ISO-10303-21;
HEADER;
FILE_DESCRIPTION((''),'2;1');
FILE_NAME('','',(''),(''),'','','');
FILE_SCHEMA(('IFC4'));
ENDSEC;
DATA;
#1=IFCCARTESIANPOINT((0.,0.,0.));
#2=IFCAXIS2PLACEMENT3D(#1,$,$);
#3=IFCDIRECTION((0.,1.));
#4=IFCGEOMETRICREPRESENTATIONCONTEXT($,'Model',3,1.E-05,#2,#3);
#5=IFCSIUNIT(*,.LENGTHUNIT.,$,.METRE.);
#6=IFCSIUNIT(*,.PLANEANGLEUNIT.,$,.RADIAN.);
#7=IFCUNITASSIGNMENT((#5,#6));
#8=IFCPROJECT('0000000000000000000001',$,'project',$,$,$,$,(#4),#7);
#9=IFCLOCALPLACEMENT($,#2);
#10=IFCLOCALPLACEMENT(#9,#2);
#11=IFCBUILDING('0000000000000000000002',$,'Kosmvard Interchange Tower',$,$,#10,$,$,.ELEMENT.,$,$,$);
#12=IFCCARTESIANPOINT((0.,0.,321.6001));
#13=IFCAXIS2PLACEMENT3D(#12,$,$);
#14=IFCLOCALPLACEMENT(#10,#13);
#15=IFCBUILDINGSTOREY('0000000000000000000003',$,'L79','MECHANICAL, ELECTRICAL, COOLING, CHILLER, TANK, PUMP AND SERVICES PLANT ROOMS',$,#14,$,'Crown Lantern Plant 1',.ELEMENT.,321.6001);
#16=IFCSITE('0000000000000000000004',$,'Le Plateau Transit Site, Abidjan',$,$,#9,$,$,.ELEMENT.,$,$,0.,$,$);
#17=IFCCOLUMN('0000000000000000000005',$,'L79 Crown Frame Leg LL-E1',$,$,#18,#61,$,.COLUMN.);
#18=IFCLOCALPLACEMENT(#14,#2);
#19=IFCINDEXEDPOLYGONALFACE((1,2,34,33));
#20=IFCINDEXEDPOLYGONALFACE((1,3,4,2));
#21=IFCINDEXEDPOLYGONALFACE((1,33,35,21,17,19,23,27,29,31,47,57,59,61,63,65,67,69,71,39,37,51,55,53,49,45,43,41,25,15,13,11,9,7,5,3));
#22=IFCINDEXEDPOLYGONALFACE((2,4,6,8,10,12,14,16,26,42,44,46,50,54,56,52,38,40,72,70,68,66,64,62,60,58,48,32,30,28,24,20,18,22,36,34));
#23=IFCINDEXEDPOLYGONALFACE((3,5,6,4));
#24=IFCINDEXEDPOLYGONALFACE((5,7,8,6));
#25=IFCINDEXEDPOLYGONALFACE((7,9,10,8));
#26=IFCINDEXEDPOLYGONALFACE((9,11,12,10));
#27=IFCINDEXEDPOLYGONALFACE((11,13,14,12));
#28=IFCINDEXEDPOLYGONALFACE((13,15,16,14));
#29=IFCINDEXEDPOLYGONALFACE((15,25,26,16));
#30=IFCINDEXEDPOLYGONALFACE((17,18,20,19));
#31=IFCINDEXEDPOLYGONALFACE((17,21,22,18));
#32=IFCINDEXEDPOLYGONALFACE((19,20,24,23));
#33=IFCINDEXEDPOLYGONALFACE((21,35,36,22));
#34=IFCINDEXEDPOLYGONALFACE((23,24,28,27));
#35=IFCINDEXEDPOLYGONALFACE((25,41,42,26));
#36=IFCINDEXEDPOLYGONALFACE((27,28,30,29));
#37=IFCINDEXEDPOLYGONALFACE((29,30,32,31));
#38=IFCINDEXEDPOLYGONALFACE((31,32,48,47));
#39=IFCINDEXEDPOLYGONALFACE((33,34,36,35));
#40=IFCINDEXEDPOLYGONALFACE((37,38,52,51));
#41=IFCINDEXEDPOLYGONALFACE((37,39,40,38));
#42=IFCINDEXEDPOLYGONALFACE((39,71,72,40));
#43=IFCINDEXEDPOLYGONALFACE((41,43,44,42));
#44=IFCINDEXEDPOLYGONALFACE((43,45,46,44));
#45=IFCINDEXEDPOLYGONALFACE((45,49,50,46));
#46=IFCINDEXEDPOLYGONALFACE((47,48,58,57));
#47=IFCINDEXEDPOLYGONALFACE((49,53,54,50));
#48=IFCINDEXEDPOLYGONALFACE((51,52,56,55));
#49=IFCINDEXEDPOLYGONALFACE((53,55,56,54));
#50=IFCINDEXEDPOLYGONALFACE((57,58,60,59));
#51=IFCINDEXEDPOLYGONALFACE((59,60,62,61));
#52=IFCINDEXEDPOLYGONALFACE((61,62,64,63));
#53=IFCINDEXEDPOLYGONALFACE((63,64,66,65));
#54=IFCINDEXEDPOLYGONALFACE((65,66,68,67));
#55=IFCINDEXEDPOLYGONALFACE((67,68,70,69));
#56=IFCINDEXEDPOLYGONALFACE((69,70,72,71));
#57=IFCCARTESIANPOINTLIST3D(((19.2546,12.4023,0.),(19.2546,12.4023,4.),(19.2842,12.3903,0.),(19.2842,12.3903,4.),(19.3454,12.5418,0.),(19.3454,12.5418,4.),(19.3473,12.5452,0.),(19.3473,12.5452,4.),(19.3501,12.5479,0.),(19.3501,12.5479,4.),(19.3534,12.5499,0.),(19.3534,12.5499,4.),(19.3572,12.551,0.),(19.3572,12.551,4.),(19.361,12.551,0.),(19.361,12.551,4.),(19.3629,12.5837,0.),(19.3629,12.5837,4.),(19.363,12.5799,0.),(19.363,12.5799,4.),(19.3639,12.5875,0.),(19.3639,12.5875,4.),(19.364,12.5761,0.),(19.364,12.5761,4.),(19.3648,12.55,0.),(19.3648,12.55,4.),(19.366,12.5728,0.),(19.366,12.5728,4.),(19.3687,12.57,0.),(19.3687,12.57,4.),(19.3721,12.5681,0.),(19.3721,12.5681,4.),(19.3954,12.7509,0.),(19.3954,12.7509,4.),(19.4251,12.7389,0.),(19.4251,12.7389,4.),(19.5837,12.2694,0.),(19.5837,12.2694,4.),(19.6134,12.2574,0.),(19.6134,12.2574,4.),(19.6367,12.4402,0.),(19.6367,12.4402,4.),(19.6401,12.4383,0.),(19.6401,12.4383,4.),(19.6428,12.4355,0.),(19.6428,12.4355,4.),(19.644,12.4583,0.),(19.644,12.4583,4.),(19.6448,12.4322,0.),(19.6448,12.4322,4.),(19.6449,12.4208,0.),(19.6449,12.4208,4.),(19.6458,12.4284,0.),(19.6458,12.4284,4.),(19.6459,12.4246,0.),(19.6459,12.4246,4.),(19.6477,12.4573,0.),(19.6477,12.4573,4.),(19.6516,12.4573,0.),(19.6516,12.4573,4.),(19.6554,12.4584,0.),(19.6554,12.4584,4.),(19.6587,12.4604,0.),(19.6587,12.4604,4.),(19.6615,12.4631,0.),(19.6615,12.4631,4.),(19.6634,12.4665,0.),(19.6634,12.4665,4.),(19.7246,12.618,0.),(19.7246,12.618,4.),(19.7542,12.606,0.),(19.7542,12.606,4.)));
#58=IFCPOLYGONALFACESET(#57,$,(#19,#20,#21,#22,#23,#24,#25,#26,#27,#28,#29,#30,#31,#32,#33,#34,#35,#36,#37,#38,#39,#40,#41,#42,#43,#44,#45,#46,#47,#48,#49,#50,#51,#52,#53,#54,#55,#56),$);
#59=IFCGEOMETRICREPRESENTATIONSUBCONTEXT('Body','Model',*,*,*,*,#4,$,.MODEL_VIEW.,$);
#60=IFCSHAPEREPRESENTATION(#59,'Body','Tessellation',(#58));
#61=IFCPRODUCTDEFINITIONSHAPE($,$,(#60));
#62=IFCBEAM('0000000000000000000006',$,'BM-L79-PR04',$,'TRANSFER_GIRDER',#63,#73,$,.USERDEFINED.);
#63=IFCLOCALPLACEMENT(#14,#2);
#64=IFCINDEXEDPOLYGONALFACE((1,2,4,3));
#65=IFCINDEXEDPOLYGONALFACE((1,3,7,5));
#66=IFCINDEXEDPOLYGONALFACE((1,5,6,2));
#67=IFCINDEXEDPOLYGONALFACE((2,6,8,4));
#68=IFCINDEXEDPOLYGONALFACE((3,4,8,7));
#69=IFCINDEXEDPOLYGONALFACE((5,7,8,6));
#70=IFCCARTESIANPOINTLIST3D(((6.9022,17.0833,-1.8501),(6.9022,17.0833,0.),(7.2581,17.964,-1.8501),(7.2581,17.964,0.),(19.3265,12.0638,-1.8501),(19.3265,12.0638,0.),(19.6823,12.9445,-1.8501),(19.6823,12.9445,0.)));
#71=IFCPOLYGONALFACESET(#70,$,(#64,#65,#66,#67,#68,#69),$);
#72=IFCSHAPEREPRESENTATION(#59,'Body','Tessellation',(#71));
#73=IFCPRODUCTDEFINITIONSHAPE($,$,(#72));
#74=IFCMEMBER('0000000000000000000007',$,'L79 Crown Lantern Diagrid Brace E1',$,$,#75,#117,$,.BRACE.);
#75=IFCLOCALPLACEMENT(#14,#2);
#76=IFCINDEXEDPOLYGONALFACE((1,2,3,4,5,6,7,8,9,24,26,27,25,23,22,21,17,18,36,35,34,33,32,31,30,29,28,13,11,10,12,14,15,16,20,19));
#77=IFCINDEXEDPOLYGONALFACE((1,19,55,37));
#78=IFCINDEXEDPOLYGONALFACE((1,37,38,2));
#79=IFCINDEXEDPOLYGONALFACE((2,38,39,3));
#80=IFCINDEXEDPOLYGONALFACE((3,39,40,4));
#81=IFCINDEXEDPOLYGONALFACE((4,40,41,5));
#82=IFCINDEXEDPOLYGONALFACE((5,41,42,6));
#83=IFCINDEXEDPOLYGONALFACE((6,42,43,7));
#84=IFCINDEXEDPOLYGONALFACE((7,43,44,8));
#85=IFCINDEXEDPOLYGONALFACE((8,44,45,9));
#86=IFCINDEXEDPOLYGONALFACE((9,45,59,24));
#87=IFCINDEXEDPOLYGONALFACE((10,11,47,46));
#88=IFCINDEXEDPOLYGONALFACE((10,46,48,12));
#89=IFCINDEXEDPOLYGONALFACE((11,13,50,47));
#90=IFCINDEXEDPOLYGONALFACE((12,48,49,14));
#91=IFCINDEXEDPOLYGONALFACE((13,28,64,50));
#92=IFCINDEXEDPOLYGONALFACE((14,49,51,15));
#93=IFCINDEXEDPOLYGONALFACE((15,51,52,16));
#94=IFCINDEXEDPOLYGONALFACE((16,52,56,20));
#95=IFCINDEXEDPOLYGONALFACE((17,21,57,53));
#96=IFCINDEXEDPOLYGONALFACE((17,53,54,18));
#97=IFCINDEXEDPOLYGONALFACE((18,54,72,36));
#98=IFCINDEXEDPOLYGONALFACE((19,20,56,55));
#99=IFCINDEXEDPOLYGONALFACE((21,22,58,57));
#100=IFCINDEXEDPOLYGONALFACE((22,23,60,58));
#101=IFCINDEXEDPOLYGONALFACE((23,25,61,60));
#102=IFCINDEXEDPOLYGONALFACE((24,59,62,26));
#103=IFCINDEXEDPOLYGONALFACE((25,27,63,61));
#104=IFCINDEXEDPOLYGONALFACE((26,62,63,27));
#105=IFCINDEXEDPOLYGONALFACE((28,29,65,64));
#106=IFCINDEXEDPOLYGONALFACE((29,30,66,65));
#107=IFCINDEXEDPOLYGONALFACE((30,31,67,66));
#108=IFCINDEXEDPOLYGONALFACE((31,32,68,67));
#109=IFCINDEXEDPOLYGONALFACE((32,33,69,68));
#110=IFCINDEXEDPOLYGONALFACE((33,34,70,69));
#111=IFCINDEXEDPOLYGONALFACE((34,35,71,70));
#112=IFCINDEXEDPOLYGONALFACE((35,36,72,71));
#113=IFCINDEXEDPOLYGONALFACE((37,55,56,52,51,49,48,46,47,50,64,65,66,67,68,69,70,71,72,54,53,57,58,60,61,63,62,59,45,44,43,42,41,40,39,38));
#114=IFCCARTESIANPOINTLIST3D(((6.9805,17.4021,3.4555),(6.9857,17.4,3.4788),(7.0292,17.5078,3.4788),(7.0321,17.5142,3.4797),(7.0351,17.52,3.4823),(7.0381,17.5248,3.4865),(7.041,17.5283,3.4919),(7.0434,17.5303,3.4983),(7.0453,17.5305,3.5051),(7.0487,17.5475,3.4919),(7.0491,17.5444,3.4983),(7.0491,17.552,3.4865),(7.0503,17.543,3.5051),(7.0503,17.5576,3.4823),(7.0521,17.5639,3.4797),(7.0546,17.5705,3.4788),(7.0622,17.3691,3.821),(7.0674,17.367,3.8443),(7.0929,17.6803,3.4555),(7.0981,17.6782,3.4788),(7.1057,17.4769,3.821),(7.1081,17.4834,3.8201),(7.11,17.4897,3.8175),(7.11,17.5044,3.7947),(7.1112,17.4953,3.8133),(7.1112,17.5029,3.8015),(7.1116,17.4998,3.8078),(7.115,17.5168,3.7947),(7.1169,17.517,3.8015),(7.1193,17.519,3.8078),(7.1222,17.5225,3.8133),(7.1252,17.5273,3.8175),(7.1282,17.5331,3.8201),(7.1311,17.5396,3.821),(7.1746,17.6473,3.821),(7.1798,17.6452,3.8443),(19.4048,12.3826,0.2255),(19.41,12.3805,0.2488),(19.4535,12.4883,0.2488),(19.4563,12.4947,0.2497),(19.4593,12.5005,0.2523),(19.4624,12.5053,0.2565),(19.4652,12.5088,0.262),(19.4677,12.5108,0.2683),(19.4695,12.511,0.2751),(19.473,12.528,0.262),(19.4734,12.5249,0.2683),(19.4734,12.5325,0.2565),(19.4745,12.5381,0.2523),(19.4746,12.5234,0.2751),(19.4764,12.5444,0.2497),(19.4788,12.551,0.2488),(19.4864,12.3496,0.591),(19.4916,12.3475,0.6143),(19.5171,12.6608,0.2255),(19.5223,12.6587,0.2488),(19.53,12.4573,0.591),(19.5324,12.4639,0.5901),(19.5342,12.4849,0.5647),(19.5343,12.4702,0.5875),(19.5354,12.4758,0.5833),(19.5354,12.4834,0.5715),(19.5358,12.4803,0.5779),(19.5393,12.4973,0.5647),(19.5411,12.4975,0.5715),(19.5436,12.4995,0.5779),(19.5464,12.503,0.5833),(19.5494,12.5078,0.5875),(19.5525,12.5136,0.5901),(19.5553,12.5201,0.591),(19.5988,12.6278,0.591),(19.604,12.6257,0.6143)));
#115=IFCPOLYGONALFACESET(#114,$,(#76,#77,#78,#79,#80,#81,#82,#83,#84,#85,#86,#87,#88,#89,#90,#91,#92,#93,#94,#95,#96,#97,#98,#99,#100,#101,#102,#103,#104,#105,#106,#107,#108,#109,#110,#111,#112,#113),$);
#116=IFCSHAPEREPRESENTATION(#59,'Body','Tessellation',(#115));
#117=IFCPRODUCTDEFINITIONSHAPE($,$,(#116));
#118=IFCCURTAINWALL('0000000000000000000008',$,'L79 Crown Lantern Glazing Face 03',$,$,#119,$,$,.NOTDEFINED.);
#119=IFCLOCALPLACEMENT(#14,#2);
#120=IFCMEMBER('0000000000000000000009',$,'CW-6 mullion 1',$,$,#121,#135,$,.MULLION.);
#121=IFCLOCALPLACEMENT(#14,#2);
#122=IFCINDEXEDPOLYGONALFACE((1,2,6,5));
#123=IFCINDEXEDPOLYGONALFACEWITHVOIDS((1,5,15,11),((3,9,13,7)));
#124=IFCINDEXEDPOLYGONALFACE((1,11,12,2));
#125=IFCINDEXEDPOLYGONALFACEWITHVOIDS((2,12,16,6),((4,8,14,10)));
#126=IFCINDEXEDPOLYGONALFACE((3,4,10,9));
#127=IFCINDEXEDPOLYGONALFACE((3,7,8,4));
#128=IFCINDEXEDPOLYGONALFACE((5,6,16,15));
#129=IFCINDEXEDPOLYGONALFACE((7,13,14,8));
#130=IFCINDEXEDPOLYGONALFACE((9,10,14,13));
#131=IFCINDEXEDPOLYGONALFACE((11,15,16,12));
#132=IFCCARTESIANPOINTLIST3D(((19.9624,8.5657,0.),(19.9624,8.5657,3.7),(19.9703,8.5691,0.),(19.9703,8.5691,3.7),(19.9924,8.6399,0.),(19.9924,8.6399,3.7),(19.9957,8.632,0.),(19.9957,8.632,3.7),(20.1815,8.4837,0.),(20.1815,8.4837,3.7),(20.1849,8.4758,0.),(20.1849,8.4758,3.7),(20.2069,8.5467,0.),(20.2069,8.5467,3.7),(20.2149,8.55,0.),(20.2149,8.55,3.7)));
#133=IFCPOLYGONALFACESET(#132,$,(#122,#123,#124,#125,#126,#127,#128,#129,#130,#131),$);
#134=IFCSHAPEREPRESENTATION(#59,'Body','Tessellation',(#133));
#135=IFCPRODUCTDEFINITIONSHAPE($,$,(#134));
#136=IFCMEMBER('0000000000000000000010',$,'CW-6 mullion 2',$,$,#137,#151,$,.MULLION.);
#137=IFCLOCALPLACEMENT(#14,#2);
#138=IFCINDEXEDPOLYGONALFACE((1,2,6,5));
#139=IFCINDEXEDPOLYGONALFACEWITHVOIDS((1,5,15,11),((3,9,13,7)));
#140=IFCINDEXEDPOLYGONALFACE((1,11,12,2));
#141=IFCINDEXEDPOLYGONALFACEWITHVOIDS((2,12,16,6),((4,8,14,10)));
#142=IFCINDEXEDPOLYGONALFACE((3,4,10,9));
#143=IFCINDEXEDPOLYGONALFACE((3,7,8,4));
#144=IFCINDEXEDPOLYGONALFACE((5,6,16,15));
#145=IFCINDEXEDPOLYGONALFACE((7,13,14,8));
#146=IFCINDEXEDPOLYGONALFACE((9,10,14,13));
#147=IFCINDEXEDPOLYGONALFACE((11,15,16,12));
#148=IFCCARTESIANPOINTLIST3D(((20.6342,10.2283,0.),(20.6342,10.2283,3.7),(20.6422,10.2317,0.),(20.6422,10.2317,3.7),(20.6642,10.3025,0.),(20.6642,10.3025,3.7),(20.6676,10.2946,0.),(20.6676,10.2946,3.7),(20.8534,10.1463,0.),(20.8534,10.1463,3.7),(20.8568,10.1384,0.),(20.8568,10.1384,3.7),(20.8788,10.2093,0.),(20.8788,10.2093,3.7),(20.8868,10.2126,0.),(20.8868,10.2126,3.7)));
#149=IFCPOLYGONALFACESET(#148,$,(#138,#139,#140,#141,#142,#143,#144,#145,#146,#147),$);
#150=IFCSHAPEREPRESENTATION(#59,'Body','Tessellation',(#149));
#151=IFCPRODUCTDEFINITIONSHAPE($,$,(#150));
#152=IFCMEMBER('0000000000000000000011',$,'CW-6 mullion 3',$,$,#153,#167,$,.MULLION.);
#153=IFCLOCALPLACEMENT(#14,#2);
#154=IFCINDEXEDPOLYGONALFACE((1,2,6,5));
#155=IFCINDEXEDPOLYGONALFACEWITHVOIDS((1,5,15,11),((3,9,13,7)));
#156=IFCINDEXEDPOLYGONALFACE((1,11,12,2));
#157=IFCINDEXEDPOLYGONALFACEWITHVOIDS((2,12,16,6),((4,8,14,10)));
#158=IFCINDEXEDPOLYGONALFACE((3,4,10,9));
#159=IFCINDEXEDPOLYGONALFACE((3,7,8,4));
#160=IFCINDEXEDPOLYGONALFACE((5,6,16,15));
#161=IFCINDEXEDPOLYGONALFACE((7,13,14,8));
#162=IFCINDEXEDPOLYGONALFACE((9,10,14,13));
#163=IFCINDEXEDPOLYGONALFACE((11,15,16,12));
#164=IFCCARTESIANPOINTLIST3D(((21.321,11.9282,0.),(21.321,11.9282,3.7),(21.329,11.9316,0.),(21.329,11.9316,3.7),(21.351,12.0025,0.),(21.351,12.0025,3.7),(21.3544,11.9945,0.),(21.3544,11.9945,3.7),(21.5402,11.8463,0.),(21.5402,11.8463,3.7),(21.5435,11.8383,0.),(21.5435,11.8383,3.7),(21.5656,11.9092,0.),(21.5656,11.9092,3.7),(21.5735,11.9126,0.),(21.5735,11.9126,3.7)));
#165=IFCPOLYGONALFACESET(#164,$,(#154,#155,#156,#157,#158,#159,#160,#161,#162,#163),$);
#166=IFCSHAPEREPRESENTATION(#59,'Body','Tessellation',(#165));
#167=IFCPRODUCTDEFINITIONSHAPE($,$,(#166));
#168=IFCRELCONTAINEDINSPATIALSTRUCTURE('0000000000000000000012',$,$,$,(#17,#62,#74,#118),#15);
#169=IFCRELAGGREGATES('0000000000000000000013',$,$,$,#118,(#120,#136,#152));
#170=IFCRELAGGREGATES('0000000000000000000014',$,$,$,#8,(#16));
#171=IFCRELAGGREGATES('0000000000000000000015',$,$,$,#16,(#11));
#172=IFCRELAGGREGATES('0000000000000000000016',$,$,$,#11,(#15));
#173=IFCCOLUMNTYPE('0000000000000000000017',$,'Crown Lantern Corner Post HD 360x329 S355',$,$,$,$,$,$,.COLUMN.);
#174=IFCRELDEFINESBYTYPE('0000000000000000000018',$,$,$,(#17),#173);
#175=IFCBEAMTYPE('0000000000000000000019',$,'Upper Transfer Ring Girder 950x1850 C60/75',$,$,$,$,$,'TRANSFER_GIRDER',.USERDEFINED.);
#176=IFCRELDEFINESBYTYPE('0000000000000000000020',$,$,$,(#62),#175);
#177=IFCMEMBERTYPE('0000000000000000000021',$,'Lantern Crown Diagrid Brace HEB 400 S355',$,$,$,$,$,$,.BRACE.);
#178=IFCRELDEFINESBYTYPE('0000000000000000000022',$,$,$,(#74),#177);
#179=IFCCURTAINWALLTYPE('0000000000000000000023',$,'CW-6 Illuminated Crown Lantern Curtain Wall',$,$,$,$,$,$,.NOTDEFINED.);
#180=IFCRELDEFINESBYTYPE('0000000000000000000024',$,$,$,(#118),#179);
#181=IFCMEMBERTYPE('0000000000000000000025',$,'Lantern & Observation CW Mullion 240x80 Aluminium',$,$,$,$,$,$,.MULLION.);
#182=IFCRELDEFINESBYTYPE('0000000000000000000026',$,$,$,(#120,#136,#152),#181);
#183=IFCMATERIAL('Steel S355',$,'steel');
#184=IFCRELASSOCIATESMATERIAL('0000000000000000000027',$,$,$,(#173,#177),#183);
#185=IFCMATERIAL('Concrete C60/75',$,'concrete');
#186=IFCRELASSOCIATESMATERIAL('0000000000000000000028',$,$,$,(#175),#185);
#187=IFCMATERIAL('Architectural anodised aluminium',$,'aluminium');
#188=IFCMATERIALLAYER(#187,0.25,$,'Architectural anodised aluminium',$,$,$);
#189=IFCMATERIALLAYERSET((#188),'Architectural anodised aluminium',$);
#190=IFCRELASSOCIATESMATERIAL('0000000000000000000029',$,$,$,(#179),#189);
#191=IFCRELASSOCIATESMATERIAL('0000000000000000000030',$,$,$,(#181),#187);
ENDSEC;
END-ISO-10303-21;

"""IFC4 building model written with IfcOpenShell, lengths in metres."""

from ifc_helpers import new_model, si_unit, direction, frame, origin, origin_2d, place, context, subcontext, project, spatial, rectangle, hollow_rectangle, i_section, extrude, source, transform, mapped, material, layer, layer_set, material_profile, profile_set, type_object, element, aggregate, save


model = new_model("IFC4")

# Units and contexts
model_context = context("Model", 3, precision=1e-05, world=origin(), true_north=direction((0.0, 1.0)))
body_context = subcontext(model_context, "Body", "Model", "MODEL_VIEW")
ifc_project = project(units=[si_unit("LENGTHUNIT", "METRE"), si_unit("PLANEANGLEUNIT", "RADIAN")], contexts=[model_context])

# Site, building, storey
site_placement = place(None, origin())
site = spatial("IfcSite", under=ifc_project, at=site_placement, Name="Le Plateau Transit Site, Abidjan", CompositionType="ELEMENT", RefElevation=0.0)
building_placement = place(site_placement, origin())
building = spatial("IfcBuilding", under=site, at=building_placement, Name="Kosmvard Interchange Tower", CompositionType="ELEMENT")
storey_placement = place(building_placement, frame((0.0, 0.0, 321.6001)))
storey = spatial("IfcBuildingStorey", under=building, at=storey_placement, Name="L79", Description="MECHANICAL, ELECTRICAL, COOLING, CHILLER, TANK, PUMP AND SERVICES PLANT ROOMS", LongName="Crown Lantern Plant 1", CompositionType="ELEMENT", Elevation=321.6001)

# Column
ifc_material_1 = material(Name="Steel S355", Category="steel")
ifc_material_profile_1 = material_profile(ifc_material_1, i_section(OverallWidth=0.376, OverallDepth=0.387, WebThickness=0.0195, FlangeThickness=0.032, FilletRadius=0.0149, at=origin_2d()), Name="HD 360x329")
ifc_profile_set_1 = profile_set([ifc_material_profile_1], Name="Steel S355")
column_type = type_object("IfcColumnType", Name="Crown Lantern Corner Post HD 360x329 S355", PredefinedType="COLUMN", material=ifc_profile_set_1)
shared_shape_1 = source(origin(), body_context, "Body", "SweptSolid", [
    extrude(i_section(OverallWidth=0.376, OverallDepth=0.387, WebThickness=0.0195, FlangeThickness=0.032, FilletRadius=0.0149, at=origin_2d()), origin(), (0.0, 0.0, 1.0), 4.0),
])
column_placement = place(storey_placement, frame((19.5044, 12.5042, 0.0), z_axis=(0.0, 0.0, 1.0), x_axis=(0.374607, 0.927184, 0.0)))
element("IfcColumn", 1, at=column_placement, inside=storey, type_object=column_type, Name="L79 Crown Frame Leg LL-E1", PredefinedType="COLUMN", context=body_context, shape_type="MappedRepresentation", body=[
    mapped(shared_shape_1, transform((0.0, 0.0, 0.0), scale=1.0)),
])

# Beam
ifc_material_2 = material(Name="Concrete C60/75", Category="concrete")
ifc_material_profile_2 = material_profile(ifc_material_2, rectangle(XDim=0.95, YDim=1.8501, at=origin_2d()), Name="TG 950x1850")
ifc_profile_set_2 = profile_set([ifc_material_profile_2], Name="Concrete C60/75")
beam_type = type_object("IfcBeamType", Name="Upper Transfer Ring Girder 950x1850 C60/75", ElementType="TRANSFER_GIRDER", PredefinedType="USERDEFINED", material=ifc_profile_set_2)
shared_shape_2 = source(origin(), body_context, "Body", "SweptSolid", [
    extrude(rectangle(XDim=0.95, YDim=1.8501, at=origin_2d()), origin(), (0.0, 0.0, 1.0), 13.3999),
])
beam_placement = place(storey_placement, frame((19.5044, 12.5042, -0.925), z_axis=(-0.92719, 0.374593, 0.0), x_axis=(-0.374593, -0.92719, 0.0)))
element("IfcBeam", 2, at=beam_placement, inside=storey, type_object=beam_type, Name="BM-L79-PR04", ObjectType="TRANSFER_GIRDER", PredefinedType="USERDEFINED", context=body_context, shape_type="MappedRepresentation", body=[
    mapped(shared_shape_2, transform((0.0, 0.0, 0.0), scale=1.0)),
])

# Member
ifc_material_profile_3 = material_profile(ifc_material_1, i_section(OverallWidth=0.3, OverallDepth=0.3999, WebThickness=0.0134, FlangeThickness=0.0239, FilletRadius=0.0271, at=origin_2d()), Name="HEB 400")
ifc_profile_set_3 = profile_set([ifc_material_profile_3], Name="Steel S355")
member_type_1 = type_object("IfcMemberType", Name="Lantern Crown Diagrid Brace HEB 400 S355", PredefinedType="BRACE", material=ifc_profile_set_3)
shared_shape_3 = source(origin(), body_context, "Body", "SweptSolid", [
    extrude(i_section(OverallWidth=0.3, OverallDepth=0.3999, WebThickness=0.0134, FlangeThickness=0.0239, FilletRadius=0.0271, at=origin_2d()), origin(), (0.0, 0.0, 1.0), 13.7837),
])
member_1_placement = place(storey_placement, frame((19.5044, 12.5042, 0.4199), z_axis=(-0.901373, 0.364163, 0.234332), x_axis=(-0.374593, -0.92719, 0.0)))
element("IfcMember", 3, at=member_1_placement, inside=storey, type_object=member_type_1, Name="L79 Crown Lantern Diagrid Brace E1", PredefinedType="BRACE", context=body_context, shape_type="MappedRepresentation", body=[
    mapped(shared_shape_3, transform((0.0, 0.0, 0.0), scale=1.0)),
])

# Curtain wall, members
ifc_material_3 = material(Name="Architectural anodised aluminium", Category="aluminium")
ifc_layer_1 = layer(ifc_material_3, 0.25, Name="Architectural anodised aluminium")
ifc_layer_set_1 = layer_set([ifc_layer_1], Name="Architectural anodised aluminium")
curtain_wall_type = type_object("IfcCurtainWallType", Name="CW-6 Illuminated Crown Lantern Curtain Wall", PredefinedType="NOTDEFINED", material=ifc_layer_set_1)
curtain_wall_placement = place(storey_placement, origin())
curtain_wall = element("IfcCurtainWall", 4, at=curtain_wall_placement, inside=storey, type_object=curtain_wall_type, Name="L79 Crown Lantern Glazing Face 03", PredefinedType="NOTDEFINED")
ifc_material_profile_4 = material_profile(ifc_material_3, hollow_rectangle(XDim=0.24, YDim=0.0801, WallThickness=0.0061, at=origin_2d()), Name="CWM 240x80x6")
ifc_profile_set_4 = profile_set([ifc_material_profile_4], Name="Architectural anodised aluminium")
member_type_2 = type_object("IfcMemberType", Name="Lantern & Observation CW Mullion 240x80 Aluminium", PredefinedType="MULLION", material=ifc_profile_set_4)
shared_shape_4 = source(origin(), body_context, "Body", "SweptSolid", [
    extrude(hollow_rectangle(XDim=0.24, YDim=0.0801, WallThickness=0.0061, at=origin_2d()), origin(), (0.0, 0.0, 1.0), 3.7),
])
member_2_placement = place(storey_placement, frame((20.0886, 8.5579, 0.0), z_axis=(0.0, 0.0, 1.0), x_axis=(-0.927184, 0.374607, 0.0)))
member_2 = element("IfcMember", 5, at=member_2_placement, type_object=member_type_2, Name="CW-6 mullion 1", PredefinedType="MULLION", context=body_context, shape_type="MappedRepresentation", body=[
    mapped(shared_shape_4, transform((0.0, 0.0, 0.0), scale=1.0)),
])
member_3_placement = place(storey_placement, frame((20.7605, 10.2205, 0.0), z_axis=(0.0, 0.0, 1.0), x_axis=(-0.927184, 0.374607, 0.0)))
member_3 = element("IfcMember", 6, at=member_3_placement, type_object=member_type_2, Name="CW-6 mullion 2", PredefinedType="MULLION", context=body_context, shape_type="MappedRepresentation", body=[
    mapped(shared_shape_4, transform((0.0, 0.0, 0.0), scale=1.0)),
])
member_4_placement = place(storey_placement, frame((21.4473, 11.9204, 0.0), z_axis=(0.0, 0.0, 1.0), x_axis=(-0.927184, 0.374607, 0.0)))
member_4 = element("IfcMember", 7, at=member_4_placement, type_object=member_type_2, Name="CW-6 mullion 3", PredefinedType="MULLION", context=body_context, shape_type="MappedRepresentation", body=[
    mapped(shared_shape_4, transform((0.0, 0.0, 0.0), scale=1.0)),
])

aggregate(curtain_wall, [member_2, member_3, member_4])

save(model, "model.ifc")
